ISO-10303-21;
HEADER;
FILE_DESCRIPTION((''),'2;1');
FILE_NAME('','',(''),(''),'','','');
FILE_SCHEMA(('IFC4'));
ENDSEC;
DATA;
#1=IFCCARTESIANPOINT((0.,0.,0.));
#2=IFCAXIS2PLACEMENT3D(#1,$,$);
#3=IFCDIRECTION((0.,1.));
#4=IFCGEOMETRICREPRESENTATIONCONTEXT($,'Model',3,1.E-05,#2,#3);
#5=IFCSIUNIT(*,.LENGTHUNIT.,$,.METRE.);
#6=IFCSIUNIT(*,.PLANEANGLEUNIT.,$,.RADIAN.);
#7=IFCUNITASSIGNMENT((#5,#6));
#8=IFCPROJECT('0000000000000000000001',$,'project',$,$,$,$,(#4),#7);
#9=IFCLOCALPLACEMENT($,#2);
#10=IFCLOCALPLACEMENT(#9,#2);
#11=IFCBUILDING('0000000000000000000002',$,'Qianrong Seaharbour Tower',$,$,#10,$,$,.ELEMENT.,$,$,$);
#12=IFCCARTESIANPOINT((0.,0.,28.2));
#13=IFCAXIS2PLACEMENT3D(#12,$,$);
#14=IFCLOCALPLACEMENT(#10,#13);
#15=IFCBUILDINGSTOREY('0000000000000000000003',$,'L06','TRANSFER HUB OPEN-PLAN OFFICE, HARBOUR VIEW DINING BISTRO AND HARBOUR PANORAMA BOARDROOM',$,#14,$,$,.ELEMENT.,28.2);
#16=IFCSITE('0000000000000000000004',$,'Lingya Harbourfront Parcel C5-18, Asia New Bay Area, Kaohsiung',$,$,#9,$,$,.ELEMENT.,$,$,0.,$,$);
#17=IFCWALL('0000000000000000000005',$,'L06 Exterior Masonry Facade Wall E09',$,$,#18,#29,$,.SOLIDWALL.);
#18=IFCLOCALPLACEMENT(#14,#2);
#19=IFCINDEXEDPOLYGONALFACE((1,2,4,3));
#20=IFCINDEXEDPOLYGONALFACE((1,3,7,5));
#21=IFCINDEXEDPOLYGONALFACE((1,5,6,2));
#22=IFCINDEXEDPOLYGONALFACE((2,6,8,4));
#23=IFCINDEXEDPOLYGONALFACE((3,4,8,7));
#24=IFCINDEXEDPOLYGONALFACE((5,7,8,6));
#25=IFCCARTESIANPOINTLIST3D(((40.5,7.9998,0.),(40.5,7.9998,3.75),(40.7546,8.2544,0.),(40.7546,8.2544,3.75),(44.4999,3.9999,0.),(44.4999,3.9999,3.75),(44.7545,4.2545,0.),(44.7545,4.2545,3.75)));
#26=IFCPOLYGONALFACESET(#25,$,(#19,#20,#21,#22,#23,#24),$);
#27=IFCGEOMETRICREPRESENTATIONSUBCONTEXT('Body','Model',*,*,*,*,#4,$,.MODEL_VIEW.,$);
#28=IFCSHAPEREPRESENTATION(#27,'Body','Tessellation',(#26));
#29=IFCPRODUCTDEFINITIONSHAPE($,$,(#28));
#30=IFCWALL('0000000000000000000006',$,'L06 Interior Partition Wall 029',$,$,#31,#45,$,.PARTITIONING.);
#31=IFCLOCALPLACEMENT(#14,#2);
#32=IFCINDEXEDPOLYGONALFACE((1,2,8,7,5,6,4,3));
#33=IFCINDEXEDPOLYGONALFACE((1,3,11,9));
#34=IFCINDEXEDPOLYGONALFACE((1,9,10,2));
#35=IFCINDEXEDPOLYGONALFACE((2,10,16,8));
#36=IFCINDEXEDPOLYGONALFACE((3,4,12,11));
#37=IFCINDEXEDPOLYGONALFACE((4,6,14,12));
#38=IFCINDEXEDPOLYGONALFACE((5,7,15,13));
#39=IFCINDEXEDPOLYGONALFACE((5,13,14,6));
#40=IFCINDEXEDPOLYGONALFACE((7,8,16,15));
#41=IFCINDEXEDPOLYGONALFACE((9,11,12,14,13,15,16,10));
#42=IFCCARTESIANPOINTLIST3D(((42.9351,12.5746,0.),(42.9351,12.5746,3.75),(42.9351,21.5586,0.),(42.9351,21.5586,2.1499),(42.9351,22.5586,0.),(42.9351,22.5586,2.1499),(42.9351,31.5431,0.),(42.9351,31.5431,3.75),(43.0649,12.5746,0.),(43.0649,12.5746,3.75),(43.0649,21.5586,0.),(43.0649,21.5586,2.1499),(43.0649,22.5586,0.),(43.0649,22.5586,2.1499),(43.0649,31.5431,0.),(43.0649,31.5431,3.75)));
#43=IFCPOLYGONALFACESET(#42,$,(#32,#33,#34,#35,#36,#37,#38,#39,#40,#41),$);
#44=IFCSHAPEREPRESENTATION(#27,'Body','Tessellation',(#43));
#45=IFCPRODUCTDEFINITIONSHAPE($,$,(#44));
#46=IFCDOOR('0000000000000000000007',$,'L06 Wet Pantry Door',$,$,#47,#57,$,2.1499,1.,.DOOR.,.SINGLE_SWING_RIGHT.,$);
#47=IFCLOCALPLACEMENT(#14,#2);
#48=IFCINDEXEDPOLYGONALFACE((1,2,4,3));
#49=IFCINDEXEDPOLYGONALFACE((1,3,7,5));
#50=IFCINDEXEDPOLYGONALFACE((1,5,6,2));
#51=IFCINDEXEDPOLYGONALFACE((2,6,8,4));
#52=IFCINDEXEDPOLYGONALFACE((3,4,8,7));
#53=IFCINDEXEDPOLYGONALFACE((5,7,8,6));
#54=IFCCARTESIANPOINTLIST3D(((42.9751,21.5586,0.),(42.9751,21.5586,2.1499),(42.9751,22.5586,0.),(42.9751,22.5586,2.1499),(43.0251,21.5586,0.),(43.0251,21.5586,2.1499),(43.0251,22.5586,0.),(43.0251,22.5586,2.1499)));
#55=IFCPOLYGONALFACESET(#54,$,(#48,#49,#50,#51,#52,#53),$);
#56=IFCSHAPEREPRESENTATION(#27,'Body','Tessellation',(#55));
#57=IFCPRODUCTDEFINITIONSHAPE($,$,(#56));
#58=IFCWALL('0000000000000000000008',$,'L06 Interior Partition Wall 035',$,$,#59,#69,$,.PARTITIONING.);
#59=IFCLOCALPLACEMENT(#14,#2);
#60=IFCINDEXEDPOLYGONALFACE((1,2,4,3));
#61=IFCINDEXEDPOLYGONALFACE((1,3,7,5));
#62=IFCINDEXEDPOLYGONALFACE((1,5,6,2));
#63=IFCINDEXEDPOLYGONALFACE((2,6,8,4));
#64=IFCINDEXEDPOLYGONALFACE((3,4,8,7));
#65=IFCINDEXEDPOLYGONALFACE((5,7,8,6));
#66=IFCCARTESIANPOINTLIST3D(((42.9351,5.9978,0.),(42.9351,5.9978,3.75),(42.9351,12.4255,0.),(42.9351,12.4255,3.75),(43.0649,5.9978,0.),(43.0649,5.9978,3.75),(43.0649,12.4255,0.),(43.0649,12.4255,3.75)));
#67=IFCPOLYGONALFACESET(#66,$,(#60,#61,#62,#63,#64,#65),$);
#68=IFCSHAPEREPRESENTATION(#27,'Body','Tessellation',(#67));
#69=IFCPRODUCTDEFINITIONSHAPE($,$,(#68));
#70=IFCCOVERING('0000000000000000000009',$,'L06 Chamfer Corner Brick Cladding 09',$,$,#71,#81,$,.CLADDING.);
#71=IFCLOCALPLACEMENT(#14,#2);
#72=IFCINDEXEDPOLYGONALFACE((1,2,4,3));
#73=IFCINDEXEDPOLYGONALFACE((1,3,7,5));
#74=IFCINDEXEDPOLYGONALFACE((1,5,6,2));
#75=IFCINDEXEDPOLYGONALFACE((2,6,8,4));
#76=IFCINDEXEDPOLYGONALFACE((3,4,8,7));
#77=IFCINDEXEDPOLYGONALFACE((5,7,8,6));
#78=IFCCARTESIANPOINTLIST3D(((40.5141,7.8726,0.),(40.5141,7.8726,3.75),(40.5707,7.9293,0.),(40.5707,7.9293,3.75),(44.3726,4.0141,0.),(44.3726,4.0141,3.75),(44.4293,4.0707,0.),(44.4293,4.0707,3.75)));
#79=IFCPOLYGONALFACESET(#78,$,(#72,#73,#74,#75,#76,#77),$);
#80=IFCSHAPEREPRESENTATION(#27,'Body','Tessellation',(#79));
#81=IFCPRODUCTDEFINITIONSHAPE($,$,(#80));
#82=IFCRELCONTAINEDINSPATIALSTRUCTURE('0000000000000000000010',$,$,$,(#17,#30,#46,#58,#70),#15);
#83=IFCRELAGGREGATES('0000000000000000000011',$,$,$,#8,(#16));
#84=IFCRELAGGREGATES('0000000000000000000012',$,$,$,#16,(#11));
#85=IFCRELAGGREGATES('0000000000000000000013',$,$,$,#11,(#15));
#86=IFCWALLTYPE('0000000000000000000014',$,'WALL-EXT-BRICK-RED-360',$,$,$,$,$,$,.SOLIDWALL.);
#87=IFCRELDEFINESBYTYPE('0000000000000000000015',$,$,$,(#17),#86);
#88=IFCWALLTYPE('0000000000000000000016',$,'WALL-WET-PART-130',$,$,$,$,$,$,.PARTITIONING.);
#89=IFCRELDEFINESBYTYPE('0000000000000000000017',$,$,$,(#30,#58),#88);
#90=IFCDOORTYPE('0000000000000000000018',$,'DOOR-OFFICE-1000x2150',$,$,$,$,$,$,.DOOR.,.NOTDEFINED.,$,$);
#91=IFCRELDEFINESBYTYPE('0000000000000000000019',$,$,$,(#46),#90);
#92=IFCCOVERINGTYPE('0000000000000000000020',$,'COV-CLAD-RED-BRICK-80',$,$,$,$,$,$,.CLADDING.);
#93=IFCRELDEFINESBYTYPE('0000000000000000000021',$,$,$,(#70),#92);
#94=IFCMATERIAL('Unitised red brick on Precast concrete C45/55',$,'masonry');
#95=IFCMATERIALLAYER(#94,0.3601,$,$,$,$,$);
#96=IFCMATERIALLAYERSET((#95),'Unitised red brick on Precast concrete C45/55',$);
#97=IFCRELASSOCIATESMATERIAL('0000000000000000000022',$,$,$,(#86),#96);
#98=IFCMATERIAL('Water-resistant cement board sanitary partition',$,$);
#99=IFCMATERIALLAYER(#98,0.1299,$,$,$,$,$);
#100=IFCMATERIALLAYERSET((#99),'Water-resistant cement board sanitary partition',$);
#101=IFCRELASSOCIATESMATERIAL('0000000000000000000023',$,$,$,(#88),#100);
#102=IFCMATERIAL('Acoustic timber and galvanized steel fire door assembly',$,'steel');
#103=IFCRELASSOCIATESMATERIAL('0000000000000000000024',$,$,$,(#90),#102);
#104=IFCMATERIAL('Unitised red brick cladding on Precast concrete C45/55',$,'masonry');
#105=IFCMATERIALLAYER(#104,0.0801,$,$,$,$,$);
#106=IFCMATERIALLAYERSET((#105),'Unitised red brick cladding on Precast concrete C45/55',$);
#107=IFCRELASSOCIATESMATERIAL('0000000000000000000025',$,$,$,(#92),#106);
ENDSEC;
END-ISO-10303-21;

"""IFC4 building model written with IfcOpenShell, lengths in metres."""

from ifc_helpers import new_model, si_unit, direction, frame, frame_2d, origin, origin_2d, place, context, subcontext, project, spatial, rectangle, extrude, material, layer, layer_set, type_object, element, fill, save


model = new_model("IFC4")

# Units and contexts
model_context = context("Model", 3, precision=1e-05, world=origin(), true_north=direction((0.0, 1.0)))
body_context = subcontext(model_context, "Body", "Model", "MODEL_VIEW")
ifc_project = project(units=[si_unit("LENGTHUNIT", "METRE"), si_unit("PLANEANGLEUNIT", "RADIAN")], contexts=[model_context])

# Site, building, storey
site_placement = place(None, origin())
site = spatial("IfcSite", under=ifc_project, at=site_placement, Name="Lingya Harbourfront Parcel C5-18, Asia New Bay Area, Kaohsiung", CompositionType="ELEMENT", RefElevation=0.0)
building_placement = place(site_placement, origin())
building = spatial("IfcBuilding", under=site, at=building_placement, Name="Qianrong Seaharbour Tower", CompositionType="ELEMENT")
storey_placement = place(building_placement, frame((0.0, 0.0, 28.2)))
storey = spatial("IfcBuildingStorey", under=building, at=storey_placement, Name="L06", Description="TRANSFER HUB OPEN-PLAN OFFICE, HARBOUR VIEW DINING BISTRO AND HARBOUR PANORAMA BOARDROOM", CompositionType="ELEMENT", Elevation=28.2)

# Shared definitions
ifc_material_1 = material(Name="Acoustic timber and galvanized steel fire door assembly", Category="steel")

# Wall
ifc_material_2 = material(Name="Unitised red brick on Precast concrete C45/55", Category="masonry")
ifc_layer_1 = layer(ifc_material_2, 0.3601)
ifc_layer_set_1 = layer_set([ifc_layer_1], Name="Unitised red brick on Precast concrete C45/55")
wall_type_1 = type_object("IfcWallType", Name="WALL-EXT-BRICK-RED-360", PredefinedType="SOLIDWALL", material=ifc_layer_set_1)
wall_1_placement = place(storey_placement, frame((44.6272, 4.1272, 0.0), z_axis=(0.0, 0.0, 1.0), x_axis=(-0.707107, 0.707107, 0.0)))
element("IfcWall", 1, at=wall_1_placement, inside=storey, type_object=wall_type_1, Name="L06 Exterior Masonry Facade Wall E09", PredefinedType="SOLIDWALL", context=body_context, shape_type="SweptSolid", body=[
    extrude(rectangle(XDim=5.6567, YDim=0.3601, at=frame_2d((2.8284, 0.0))), origin(), (0.0, 0.0, 1.0), 3.75),
])

# Wall, opening, door
ifc_material_3 = material(Name="Water-resistant cement board sanitary partition")
ifc_layer_2 = layer(ifc_material_3, 0.1299)
ifc_layer_set_2 = layer_set([ifc_layer_2], Name="Water-resistant cement board sanitary partition")
wall_type_2 = type_object("IfcWallType", Name="WALL-WET-PART-130", PredefinedType="PARTITIONING", material=ifc_layer_set_2)
wall_2_placement = place(storey_placement, frame((43.0, 12.5745, 0.0), z_axis=(0.0, 0.0, 1.0), x_axis=(0.0, 1.0, 0.0)))
wall_2 = element("IfcWall", 2, at=wall_2_placement, inside=storey, type_object=wall_type_2, Name="L06 Interior Partition Wall 029", PredefinedType="PARTITIONING", context=body_context, shape_type="SweptSolid", body=[
    extrude(rectangle(XDim=18.9685, YDim=0.1299, at=frame_2d((9.4844, 0.0))), origin(), (0.0, 0.0, 1.0), 3.75),
])
opening_1_placement = place(wall_2_placement, frame((8.9841, 0.0, 0.0)))
opening_1 = element("IfcOpeningElement", 3, at=opening_1_placement, cuts=wall_2, PredefinedType="OPENING", context=body_context, shape_type="SweptSolid", body=[
    extrude(rectangle(XDim=1.0, YDim=2.1499, at=frame_2d((0.5, 1.075))), frame((0.0, 0.075, 0.0), z_axis=(0.0, -1.0, 0.0), x_axis=(1.0, 0.0, 0.0)), (0.0, 0.0, 1.0), 0.1499),
])
door_type_1 = type_object("IfcDoorType", Name="DOOR-OFFICE-1000x2150", OperationType="NOTDEFINED", PredefinedType="DOOR", material=ifc_material_1)
door_1_placement = place(opening_1_placement, origin())
door_1 = element("IfcDoor", 4, at=door_1_placement, inside=storey, type_object=door_type_1, Name="L06 Wet Pantry Door", OperationType="SINGLE_SWING_RIGHT", OverallHeight=2.1499, OverallWidth=1.0, PredefinedType="DOOR", context=body_context, shape_type="SweptSolid", body=[
    extrude(rectangle(XDim=1.0, YDim=2.1499, at=frame_2d((0.5, 1.075))), frame((0.0, 0.0249, 0.0), z_axis=(0.0, -1.0, 0.0), x_axis=(1.0, 0.0, 0.0)), (0.0, 0.0, 1.0), 0.05),
])
fill(opening_1, door_1)

# Wall
wall_3_placement = place(storey_placement, frame((43.0, 12.4255, 0.0), z_axis=(0.0, 0.0, 1.0), x_axis=(0.0, -1.0, 0.0)))
element("IfcWall", 5, at=wall_3_placement, inside=storey, type_object=wall_type_2, Name="L06 Interior Partition Wall 035", PredefinedType="PARTITIONING", context=body_context, shape_type="SweptSolid", body=[
    extrude(rectangle(XDim=6.4277, YDim=0.1299, at=frame_2d((3.2139, 0.0))), origin(), (0.0, 0.0, 1.0), 3.75),
])

# Covering
ifc_material_4 = material(Name="Unitised red brick cladding on Precast concrete C45/55", Category="masonry")
ifc_layer_3 = layer(ifc_material_4, 0.0801)
ifc_layer_set_3 = layer_set([ifc_layer_3], Name="Unitised red brick cladding on Precast concrete C45/55")
covering_type = type_object("IfcCoveringType", Name="COV-CLAD-RED-BRICK-80", PredefinedType="CLADDING", material=ifc_layer_set_3)
covering_placement = place(storey_placement, frame((42.4717, 5.9717, 0.0), z_axis=(0.0, 0.0, 1.0), x_axis=(-0.707107, 0.707107, 0.0)))
element("IfcCovering", 6, at=covering_placement, inside=storey, type_object=covering_type, Name="L06 Chamfer Corner Brick Cladding 09", PredefinedType="CLADDING", context=body_context, shape_type="SweptSolid", body=[
    extrude(rectangle(XDim=5.4568, YDim=0.0801, at=origin_2d()), origin(), (0.0, 0.0, 1.0), 3.75),
])

save(model, "model.ifc")
